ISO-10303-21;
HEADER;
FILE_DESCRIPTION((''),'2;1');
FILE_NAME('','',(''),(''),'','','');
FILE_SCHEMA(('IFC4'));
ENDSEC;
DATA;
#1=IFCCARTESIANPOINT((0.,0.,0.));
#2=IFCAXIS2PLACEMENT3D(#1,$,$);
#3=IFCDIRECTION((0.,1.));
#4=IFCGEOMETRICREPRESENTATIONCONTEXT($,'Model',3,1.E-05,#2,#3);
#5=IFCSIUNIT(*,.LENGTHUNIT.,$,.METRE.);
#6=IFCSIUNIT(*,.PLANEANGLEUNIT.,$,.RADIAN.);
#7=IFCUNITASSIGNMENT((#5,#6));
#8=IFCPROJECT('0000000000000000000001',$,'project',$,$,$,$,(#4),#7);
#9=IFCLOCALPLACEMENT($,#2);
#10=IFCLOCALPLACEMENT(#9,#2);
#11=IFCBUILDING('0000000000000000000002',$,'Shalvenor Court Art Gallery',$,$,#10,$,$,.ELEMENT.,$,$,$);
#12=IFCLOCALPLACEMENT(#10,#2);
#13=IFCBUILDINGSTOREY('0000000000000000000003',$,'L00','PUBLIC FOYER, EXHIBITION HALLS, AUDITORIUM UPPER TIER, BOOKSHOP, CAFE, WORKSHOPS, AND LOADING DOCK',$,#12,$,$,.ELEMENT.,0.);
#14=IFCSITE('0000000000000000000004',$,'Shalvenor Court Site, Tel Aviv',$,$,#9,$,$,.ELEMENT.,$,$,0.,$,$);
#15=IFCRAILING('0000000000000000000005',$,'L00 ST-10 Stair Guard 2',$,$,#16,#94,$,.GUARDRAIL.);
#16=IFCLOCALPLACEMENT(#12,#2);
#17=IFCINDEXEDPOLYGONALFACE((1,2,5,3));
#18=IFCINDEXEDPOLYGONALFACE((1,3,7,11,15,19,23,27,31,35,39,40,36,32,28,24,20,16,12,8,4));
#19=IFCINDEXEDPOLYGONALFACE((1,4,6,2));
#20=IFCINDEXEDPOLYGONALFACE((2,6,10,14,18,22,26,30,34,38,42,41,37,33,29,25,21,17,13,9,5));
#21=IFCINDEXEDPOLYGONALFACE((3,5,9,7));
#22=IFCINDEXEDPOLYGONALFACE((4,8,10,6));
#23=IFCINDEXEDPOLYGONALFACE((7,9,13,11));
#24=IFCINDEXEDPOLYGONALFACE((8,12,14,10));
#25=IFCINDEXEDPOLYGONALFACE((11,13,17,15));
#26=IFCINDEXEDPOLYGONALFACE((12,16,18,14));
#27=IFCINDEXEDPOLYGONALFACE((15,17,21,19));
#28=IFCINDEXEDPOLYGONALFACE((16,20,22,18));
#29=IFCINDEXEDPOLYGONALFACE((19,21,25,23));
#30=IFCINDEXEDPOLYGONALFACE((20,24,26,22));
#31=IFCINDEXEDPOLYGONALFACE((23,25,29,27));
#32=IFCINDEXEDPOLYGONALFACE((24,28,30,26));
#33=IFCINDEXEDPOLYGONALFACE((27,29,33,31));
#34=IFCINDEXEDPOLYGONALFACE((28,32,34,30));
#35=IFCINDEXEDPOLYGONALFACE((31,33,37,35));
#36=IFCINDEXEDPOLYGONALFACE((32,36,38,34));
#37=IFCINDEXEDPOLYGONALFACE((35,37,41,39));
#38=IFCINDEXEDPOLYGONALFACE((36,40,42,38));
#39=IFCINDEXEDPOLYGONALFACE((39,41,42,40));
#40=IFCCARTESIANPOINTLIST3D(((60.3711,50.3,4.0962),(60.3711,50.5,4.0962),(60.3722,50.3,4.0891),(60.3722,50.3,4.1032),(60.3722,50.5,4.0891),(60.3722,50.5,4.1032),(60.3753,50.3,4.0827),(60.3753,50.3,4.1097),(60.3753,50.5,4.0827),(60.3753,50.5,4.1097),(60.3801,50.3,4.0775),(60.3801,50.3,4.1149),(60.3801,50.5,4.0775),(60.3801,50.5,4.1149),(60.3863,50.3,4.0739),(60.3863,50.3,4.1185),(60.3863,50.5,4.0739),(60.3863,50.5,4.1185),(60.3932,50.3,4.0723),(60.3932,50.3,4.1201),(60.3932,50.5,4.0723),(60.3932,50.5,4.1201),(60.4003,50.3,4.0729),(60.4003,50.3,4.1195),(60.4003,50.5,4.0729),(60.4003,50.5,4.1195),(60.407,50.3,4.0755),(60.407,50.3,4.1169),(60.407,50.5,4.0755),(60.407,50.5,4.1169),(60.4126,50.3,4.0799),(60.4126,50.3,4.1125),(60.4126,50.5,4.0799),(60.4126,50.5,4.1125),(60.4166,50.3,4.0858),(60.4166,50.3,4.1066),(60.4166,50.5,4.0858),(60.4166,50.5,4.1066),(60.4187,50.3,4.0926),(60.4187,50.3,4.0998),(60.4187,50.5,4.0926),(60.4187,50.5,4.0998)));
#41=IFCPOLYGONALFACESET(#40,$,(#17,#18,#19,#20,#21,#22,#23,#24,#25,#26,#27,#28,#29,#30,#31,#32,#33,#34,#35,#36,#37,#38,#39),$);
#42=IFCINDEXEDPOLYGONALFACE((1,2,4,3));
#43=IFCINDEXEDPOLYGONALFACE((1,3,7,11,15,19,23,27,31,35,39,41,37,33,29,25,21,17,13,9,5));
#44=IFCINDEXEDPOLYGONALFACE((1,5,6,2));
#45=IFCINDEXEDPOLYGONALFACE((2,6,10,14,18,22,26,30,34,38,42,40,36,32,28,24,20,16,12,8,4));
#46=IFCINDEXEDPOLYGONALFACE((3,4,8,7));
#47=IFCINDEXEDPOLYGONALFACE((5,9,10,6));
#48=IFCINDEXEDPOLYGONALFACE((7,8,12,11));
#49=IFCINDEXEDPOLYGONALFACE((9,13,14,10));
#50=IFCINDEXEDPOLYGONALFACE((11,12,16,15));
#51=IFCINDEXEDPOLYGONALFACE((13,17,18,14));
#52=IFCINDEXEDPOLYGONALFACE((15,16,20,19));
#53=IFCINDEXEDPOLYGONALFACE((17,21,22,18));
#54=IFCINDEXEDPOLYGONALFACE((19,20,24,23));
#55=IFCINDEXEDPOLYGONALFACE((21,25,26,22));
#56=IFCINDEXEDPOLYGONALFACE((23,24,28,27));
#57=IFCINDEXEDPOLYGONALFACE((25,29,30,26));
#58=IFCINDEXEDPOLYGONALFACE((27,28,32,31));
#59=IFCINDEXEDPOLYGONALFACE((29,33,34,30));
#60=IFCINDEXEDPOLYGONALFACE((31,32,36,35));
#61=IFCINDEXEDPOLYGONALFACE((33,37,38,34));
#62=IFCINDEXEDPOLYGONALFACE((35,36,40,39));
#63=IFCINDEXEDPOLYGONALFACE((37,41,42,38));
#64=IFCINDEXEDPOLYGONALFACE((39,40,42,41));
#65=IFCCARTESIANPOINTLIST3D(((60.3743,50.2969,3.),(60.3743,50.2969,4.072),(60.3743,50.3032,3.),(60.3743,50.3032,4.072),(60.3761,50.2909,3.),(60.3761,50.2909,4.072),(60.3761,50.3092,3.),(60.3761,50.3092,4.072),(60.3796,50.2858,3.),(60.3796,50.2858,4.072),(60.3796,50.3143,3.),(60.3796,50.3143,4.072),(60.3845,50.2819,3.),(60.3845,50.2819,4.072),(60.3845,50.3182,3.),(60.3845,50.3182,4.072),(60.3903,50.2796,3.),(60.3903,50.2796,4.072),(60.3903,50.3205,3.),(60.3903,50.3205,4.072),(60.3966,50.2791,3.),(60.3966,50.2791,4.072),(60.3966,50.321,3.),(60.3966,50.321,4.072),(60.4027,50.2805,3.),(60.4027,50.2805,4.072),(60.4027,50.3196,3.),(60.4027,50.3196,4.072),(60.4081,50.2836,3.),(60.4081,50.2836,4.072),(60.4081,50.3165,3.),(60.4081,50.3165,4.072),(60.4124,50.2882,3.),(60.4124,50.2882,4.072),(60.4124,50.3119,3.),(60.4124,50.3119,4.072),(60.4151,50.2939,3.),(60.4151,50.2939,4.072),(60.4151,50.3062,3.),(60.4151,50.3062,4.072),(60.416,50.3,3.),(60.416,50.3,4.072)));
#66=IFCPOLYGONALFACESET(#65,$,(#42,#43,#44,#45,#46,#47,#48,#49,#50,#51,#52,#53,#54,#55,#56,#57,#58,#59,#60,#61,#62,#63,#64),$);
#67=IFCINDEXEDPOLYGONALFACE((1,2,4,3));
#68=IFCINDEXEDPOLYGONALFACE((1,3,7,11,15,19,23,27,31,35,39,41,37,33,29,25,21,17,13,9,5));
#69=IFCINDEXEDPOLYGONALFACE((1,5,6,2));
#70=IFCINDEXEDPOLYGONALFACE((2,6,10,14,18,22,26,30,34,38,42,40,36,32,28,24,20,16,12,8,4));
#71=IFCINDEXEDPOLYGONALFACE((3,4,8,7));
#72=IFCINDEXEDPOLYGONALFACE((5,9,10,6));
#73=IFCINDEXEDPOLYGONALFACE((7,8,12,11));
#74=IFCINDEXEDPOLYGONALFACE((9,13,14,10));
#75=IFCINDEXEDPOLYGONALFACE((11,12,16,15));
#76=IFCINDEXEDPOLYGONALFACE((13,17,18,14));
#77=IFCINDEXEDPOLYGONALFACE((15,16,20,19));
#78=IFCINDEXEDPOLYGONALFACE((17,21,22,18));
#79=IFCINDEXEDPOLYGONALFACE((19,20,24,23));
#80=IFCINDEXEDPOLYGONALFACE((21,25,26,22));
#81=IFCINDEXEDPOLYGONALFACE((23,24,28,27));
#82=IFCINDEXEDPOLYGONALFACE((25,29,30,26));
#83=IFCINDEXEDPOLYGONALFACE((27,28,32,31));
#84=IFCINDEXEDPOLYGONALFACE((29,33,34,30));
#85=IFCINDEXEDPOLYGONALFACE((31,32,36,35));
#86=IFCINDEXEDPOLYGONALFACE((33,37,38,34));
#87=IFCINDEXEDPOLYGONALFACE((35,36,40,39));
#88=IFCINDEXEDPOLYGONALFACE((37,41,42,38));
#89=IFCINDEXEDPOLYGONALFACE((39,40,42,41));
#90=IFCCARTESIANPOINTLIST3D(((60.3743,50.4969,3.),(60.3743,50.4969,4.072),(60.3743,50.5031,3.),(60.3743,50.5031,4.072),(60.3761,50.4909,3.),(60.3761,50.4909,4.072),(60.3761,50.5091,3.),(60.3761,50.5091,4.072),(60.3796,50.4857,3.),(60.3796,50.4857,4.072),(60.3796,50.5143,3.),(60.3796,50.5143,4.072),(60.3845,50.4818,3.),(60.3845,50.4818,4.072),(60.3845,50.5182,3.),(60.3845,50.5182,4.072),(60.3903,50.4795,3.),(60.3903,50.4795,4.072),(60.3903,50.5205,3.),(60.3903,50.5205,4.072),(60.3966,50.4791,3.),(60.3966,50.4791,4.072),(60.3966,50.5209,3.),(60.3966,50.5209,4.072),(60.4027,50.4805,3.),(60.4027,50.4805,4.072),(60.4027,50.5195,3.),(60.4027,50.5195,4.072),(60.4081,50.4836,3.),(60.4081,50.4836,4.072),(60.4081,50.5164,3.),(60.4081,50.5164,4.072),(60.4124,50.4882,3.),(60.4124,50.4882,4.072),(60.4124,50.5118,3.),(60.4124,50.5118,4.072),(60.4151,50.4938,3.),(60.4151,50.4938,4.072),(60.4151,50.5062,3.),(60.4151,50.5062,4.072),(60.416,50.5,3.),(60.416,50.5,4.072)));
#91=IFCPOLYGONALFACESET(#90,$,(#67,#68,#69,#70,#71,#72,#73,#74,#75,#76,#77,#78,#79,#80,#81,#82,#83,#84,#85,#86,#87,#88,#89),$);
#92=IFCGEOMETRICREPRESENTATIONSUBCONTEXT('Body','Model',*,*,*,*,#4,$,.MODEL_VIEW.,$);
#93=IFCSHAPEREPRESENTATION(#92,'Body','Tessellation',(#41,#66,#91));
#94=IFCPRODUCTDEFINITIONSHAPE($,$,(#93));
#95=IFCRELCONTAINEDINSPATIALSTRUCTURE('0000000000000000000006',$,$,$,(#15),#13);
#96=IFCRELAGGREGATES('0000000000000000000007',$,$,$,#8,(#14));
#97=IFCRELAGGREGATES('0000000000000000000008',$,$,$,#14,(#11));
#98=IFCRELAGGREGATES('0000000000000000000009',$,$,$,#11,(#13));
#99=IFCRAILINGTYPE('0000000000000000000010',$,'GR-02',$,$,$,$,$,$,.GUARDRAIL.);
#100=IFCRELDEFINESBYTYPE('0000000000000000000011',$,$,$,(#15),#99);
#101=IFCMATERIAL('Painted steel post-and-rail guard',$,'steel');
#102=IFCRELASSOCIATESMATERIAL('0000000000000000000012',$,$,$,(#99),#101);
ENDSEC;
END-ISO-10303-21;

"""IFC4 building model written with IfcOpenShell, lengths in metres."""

from ifc_helpers import new_model, si_unit, direction, frame, origin, origin_2d, place, context, subcontext, project, spatial, circle, extrude, material, type_object, element, save


model = new_model("IFC4")

# Units and contexts
model_context = context("Model", 3, precision=1e-05, world=origin(), true_north=direction((0.0, 1.0)))
body_context = subcontext(model_context, "Body", "Model", "MODEL_VIEW")
ifc_project = project(units=[si_unit("LENGTHUNIT", "METRE"), si_unit("PLANEANGLEUNIT", "RADIAN")], contexts=[model_context])

# Site, building, storey
site_placement = place(None, origin())
site = spatial("IfcSite", under=ifc_project, at=site_placement, Name="Shalvenor Court Site, Tel Aviv", CompositionType="ELEMENT", RefElevation=0.0)
building_placement = place(site_placement, origin())
building = spatial("IfcBuilding", under=site, at=building_placement, Name="Shalvenor Court Art Gallery", CompositionType="ELEMENT")
storey_placement = place(building_placement, origin())
storey = spatial("IfcBuildingStorey", under=building, at=storey_placement, Name="L00", Description="PUBLIC FOYER, EXHIBITION HALLS, AUDITORIUM UPPER TIER, BOOKSHOP, CAFE, WORKSHOPS, AND LOADING DOCK", CompositionType="ELEMENT", Elevation=0.0)

# Railing
ifc_material_1 = material(Name="Painted steel post-and-rail guard", Category="steel")
railing_type_1 = type_object("IfcRailingType", Name="GR-02", PredefinedType="GUARDRAIL", material=ifc_material_1)
railing_1_placement = place(storey_placement, frame((60.395, 50.3, 3.0)))
element("IfcRailing", 1, at=railing_1_placement, inside=storey, type_object=railing_type_1, Name="L00 ST-10 Stair Guard 2", PredefinedType="GUARDRAIL", context=body_context, shape_type="SweptSolid", body=[
    extrude(circle(Radius=0.0239, at=origin_2d()), frame((0.0, 0.0, 1.0962), z_axis=(0.0, 1.0, 0.0), x_axis=(-1.0, 0.0, 0.0)), (0.0, 0.0, 1.0), 0.2),
    extrude(circle(Radius=0.021, at=origin_2d()), origin(), (0.0, 0.0, 1.0), 1.072),
    extrude(circle(Radius=0.021, at=origin_2d()), frame((0.0, 0.2, 0.0)), (0.0, 0.0, 1.0), 1.072),
])

save(model, "model.ifc")
